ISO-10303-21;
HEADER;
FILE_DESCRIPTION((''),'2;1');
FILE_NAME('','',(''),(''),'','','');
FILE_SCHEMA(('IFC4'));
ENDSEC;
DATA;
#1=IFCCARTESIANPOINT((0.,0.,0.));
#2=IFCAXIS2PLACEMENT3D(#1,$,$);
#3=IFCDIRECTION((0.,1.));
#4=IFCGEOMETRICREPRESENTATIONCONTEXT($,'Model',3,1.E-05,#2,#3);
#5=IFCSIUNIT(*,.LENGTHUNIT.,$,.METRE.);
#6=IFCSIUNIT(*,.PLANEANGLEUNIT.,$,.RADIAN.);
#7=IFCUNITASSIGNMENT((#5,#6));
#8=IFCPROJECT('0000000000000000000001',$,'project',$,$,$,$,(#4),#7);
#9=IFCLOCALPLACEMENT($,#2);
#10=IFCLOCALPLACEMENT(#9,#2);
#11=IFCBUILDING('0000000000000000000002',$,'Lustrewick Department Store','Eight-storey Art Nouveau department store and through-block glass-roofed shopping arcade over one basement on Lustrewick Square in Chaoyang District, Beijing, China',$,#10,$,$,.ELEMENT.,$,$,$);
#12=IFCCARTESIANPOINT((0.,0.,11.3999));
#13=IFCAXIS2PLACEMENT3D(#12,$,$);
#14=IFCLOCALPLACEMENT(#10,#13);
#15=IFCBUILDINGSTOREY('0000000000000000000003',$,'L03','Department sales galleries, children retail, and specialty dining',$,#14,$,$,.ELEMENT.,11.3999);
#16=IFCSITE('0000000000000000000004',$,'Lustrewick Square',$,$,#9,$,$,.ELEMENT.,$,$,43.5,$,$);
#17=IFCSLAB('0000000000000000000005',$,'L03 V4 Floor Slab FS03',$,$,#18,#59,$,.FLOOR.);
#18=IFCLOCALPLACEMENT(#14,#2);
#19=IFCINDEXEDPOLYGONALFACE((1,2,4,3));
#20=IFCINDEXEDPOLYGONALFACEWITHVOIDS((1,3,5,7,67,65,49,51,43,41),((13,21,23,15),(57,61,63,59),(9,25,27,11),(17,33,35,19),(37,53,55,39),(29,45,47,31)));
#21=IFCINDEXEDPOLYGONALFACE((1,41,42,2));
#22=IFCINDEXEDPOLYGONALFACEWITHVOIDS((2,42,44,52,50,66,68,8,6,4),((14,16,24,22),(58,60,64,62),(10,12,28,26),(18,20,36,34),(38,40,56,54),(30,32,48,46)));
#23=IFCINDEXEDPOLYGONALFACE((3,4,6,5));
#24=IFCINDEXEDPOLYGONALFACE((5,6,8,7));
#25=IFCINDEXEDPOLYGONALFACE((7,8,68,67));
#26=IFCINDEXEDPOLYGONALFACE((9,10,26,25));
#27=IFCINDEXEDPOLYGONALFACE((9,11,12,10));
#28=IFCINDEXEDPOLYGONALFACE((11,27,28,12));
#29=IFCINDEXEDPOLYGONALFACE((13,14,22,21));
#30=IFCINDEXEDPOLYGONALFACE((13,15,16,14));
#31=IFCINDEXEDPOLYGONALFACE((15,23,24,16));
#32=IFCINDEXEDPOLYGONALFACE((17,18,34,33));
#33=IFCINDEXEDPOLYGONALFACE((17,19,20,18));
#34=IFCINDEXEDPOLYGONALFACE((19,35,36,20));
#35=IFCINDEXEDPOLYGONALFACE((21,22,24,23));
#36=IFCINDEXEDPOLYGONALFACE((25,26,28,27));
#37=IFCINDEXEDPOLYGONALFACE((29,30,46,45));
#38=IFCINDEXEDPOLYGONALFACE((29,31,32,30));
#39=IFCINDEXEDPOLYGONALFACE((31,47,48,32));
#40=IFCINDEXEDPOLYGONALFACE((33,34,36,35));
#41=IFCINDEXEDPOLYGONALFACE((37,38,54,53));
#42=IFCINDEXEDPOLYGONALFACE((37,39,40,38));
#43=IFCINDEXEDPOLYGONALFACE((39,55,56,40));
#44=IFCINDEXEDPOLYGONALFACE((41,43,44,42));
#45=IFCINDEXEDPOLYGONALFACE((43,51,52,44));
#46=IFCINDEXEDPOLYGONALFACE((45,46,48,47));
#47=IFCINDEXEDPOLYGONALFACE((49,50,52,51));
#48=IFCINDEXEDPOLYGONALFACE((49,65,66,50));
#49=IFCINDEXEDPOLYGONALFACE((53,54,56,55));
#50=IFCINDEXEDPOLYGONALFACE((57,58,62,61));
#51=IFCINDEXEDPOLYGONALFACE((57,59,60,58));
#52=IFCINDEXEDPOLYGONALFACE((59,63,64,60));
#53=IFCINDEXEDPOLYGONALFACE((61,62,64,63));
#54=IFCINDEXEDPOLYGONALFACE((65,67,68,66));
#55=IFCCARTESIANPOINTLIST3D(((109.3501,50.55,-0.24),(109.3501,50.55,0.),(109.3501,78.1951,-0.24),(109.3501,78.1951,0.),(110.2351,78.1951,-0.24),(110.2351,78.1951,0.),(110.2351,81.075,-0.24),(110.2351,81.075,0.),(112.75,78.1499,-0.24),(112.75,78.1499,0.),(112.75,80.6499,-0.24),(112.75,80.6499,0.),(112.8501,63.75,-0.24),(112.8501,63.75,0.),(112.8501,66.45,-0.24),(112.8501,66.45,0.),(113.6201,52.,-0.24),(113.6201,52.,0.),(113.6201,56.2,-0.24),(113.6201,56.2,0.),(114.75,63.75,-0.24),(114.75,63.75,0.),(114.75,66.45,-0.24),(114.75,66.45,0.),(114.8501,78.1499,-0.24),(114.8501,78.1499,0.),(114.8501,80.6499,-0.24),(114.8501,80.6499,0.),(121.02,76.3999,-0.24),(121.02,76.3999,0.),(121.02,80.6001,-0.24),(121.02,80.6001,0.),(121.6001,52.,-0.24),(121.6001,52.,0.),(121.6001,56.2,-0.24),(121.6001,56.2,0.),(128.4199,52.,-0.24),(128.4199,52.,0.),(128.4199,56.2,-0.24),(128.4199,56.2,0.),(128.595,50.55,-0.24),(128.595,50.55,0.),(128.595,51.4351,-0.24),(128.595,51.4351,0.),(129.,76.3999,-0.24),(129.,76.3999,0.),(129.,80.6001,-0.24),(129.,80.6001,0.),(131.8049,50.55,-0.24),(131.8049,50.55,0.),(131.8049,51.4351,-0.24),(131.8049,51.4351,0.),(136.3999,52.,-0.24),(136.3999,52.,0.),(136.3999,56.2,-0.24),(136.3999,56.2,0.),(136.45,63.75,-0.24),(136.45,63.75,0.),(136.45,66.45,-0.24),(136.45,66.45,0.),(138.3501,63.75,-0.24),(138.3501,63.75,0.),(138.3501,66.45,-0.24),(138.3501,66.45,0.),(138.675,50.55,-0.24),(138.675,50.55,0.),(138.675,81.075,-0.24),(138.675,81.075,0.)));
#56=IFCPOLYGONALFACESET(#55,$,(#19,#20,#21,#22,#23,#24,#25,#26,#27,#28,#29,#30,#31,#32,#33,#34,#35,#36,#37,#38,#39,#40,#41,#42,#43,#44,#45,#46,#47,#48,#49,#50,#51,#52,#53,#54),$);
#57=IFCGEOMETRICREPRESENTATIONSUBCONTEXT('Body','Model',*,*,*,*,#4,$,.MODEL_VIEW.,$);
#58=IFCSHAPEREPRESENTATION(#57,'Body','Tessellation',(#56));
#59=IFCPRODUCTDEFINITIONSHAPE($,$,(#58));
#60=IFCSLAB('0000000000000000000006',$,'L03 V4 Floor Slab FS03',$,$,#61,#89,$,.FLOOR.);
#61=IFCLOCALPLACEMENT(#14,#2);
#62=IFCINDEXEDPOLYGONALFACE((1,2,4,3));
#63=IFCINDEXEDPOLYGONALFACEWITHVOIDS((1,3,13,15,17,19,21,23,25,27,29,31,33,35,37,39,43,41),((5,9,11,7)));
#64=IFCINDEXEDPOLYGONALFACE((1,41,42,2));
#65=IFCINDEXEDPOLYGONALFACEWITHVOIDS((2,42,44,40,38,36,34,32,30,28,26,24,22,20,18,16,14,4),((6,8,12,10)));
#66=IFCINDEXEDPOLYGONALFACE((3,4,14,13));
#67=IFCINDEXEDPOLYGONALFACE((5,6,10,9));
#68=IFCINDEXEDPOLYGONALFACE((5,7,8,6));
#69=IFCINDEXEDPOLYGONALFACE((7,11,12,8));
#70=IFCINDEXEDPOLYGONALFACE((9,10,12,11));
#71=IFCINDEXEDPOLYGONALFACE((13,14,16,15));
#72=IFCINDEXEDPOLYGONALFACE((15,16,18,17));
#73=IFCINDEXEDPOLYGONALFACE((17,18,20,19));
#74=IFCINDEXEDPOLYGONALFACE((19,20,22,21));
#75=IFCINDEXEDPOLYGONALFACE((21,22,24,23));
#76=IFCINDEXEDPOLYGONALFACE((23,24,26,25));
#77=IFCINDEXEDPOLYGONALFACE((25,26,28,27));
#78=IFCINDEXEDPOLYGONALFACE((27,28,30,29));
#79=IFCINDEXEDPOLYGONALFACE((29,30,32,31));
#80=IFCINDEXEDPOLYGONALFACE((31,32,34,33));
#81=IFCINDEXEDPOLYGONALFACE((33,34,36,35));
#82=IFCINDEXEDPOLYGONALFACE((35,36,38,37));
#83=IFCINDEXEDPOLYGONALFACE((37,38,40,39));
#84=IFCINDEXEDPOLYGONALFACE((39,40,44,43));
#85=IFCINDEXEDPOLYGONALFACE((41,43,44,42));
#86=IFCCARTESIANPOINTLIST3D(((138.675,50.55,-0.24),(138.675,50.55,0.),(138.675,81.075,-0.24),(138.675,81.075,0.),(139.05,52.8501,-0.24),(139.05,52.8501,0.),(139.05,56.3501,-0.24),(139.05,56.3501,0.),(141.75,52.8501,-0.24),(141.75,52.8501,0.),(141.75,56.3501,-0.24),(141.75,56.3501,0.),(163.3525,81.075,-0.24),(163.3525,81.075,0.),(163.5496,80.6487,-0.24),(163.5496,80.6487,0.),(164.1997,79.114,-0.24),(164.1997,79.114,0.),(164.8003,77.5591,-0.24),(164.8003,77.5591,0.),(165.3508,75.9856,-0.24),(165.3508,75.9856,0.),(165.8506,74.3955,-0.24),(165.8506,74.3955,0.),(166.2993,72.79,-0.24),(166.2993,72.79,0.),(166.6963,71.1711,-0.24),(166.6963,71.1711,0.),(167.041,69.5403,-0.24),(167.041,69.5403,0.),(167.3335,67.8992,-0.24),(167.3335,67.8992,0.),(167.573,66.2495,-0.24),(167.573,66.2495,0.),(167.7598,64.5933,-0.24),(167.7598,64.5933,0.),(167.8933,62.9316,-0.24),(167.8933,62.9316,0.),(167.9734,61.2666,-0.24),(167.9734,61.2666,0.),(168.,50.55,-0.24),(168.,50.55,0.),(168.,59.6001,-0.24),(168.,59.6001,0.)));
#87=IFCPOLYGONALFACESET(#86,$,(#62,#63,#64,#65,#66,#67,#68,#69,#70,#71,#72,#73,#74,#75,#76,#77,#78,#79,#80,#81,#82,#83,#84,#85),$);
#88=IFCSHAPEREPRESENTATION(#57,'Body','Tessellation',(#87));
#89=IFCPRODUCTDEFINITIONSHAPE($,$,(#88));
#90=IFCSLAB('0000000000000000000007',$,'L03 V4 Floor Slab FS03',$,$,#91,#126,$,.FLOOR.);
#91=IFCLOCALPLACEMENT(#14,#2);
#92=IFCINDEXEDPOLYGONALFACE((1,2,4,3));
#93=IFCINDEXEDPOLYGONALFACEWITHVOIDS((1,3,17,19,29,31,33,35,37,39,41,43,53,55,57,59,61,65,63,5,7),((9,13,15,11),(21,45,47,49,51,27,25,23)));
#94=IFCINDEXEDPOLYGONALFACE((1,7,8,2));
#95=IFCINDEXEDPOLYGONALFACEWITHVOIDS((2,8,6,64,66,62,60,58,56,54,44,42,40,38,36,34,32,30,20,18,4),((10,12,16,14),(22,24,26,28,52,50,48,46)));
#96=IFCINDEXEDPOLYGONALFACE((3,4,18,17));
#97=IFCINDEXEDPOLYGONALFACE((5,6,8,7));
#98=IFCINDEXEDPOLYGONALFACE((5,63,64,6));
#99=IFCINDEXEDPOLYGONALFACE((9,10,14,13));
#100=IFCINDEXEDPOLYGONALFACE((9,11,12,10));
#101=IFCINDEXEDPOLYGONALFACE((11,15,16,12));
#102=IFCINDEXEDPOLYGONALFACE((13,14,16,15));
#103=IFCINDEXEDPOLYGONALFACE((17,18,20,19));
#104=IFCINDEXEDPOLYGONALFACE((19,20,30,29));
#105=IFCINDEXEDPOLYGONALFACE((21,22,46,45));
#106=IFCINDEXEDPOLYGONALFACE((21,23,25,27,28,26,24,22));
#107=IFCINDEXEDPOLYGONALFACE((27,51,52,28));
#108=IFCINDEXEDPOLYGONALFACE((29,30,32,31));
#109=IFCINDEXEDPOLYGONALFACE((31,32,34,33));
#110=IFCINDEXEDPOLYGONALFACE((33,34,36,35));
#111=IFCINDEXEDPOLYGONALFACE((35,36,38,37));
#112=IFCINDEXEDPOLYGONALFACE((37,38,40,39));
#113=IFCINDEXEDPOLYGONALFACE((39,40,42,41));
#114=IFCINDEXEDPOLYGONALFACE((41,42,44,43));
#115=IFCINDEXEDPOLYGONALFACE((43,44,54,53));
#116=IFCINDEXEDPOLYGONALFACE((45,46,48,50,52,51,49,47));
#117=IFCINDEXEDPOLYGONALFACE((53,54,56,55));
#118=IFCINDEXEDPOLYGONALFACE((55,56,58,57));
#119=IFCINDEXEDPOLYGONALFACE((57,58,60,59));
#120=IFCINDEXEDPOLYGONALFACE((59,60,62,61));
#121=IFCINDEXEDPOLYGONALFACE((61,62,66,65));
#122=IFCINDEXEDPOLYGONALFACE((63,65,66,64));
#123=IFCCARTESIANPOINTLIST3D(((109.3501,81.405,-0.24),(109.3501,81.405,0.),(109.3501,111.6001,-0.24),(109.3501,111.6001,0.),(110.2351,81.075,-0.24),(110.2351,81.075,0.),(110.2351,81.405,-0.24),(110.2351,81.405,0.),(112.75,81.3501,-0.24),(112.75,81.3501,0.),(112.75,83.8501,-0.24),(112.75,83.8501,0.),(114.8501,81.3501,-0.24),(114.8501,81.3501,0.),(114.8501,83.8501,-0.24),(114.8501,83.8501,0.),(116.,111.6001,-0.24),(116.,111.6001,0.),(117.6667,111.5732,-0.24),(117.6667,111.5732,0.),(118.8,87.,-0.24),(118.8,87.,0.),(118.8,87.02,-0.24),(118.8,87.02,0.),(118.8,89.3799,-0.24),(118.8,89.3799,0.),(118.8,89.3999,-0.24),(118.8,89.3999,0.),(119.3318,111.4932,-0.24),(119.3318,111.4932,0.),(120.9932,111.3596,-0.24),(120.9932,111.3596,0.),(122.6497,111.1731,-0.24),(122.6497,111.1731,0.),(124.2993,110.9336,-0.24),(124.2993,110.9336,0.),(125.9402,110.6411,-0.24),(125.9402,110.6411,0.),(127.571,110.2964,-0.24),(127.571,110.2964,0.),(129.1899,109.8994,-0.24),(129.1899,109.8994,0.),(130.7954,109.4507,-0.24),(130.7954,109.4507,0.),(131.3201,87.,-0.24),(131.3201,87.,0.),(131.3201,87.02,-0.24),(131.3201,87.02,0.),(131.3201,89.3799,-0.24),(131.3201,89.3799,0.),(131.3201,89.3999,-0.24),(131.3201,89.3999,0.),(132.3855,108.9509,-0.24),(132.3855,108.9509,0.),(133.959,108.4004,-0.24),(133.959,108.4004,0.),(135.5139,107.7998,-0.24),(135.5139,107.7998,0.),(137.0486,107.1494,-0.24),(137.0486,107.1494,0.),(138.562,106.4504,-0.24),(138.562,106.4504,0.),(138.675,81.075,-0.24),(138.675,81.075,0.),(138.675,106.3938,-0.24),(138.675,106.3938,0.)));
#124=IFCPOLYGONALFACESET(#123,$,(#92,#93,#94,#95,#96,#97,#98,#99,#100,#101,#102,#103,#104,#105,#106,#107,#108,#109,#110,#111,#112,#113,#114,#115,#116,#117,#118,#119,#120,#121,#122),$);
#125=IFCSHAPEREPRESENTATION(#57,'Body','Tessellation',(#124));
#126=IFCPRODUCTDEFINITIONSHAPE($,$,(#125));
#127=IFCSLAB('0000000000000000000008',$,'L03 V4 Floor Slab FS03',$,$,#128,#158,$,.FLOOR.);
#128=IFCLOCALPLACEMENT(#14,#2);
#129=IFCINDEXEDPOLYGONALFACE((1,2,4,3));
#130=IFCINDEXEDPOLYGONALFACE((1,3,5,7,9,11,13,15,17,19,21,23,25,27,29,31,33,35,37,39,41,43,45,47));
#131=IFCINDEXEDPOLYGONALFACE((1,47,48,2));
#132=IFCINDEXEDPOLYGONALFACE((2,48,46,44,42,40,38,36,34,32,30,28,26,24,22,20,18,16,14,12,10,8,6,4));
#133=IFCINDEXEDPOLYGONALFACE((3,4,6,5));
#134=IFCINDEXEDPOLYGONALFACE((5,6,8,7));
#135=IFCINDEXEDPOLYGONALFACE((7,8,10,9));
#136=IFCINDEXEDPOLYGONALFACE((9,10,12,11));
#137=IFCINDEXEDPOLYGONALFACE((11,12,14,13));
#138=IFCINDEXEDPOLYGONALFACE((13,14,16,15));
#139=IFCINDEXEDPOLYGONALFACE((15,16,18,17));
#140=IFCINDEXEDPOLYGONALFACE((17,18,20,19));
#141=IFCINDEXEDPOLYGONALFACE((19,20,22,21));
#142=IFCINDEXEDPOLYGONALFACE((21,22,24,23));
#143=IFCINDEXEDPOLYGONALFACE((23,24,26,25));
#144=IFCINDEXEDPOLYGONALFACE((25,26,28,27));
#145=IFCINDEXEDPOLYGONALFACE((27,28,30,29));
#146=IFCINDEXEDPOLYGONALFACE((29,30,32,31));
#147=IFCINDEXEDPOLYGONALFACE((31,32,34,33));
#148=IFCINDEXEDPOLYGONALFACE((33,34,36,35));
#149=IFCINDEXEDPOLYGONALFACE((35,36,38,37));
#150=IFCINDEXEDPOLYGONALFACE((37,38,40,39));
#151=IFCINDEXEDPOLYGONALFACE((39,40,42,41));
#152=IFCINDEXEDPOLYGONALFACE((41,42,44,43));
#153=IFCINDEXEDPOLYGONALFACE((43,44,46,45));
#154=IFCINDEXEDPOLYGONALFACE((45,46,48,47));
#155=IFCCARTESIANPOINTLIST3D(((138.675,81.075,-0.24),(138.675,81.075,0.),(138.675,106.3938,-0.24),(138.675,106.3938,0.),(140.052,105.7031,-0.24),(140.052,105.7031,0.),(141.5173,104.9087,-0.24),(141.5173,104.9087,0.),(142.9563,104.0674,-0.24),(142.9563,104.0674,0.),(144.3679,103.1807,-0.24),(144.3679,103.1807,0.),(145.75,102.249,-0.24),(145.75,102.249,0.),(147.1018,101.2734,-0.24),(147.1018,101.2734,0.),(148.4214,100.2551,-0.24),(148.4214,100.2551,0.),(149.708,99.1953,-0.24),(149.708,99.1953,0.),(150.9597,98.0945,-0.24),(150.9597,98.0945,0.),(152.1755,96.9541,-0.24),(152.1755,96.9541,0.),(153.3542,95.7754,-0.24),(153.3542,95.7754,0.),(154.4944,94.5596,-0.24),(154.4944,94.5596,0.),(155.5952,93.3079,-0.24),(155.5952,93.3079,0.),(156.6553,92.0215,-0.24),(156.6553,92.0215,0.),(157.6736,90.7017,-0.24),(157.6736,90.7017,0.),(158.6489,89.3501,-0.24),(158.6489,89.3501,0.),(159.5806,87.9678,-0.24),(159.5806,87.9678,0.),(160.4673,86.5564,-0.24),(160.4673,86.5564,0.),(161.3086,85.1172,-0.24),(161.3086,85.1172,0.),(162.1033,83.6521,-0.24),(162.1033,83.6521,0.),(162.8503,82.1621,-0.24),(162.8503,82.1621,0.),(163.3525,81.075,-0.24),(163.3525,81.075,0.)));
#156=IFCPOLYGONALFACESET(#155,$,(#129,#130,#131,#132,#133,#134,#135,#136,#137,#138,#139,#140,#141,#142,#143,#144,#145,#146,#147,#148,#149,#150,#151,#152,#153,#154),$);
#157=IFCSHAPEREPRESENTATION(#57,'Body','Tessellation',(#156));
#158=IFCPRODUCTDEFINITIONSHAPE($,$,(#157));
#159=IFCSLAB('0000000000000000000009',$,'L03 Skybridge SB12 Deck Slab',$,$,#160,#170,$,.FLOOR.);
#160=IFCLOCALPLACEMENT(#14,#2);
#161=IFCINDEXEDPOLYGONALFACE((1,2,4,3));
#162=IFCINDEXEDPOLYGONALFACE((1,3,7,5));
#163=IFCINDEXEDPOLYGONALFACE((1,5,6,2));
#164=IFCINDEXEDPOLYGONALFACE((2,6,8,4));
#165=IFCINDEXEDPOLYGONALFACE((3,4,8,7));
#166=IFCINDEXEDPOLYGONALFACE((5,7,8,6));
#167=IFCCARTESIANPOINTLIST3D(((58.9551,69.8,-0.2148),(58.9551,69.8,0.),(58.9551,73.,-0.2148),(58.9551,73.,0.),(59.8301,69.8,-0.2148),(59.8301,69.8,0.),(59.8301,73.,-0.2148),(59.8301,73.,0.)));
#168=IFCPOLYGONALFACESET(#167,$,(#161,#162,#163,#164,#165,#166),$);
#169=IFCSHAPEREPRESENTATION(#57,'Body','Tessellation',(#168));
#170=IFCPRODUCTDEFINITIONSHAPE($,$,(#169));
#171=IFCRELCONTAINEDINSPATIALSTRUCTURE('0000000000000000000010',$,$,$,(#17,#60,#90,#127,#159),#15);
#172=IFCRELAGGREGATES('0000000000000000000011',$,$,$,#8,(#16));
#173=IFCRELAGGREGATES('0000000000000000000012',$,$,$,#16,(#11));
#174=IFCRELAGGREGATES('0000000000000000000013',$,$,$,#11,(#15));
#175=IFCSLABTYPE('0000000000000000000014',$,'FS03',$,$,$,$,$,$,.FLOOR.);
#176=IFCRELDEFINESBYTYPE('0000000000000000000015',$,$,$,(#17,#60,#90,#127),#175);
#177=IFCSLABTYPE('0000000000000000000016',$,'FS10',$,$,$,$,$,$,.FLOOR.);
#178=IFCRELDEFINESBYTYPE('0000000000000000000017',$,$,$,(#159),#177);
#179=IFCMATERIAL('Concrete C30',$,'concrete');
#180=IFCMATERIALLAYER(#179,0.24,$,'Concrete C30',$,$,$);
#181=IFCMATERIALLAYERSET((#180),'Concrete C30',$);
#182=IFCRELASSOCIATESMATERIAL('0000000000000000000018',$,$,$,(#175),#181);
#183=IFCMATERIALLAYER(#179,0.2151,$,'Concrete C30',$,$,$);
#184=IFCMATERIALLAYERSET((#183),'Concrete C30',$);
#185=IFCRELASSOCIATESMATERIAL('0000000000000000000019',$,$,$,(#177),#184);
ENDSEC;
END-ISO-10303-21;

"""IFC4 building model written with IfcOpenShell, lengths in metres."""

from ifc_helpers import new_model, si_unit, direction, frame, origin, place, context, subcontext, project, spatial, polyline, outline, extrude, material, layer, layer_set, type_object, element, save


model = new_model("IFC4")

# Units and contexts
model_context = context("Model", 3, precision=1e-05, world=origin(), true_north=direction((0.0, 1.0)))
body_context = subcontext(model_context, "Body", "Model", "MODEL_VIEW")
ifc_project = project(units=[si_unit("LENGTHUNIT", "METRE"), si_unit("PLANEANGLEUNIT", "RADIAN")], contexts=[model_context])

# Site, building, storey
site_placement = place(None, origin())
site = spatial("IfcSite", under=ifc_project, at=site_placement, Name="Lustrewick Square", CompositionType="ELEMENT", RefElevation=43.5)
building_placement = place(site_placement, origin())
building = spatial("IfcBuilding", under=site, at=building_placement, Name="Lustrewick Department Store", Description="Eight-storey Art Nouveau department store and through-block glass-roofed shopping arcade over one basement on Lustrewick Square in Chaoyang District, Beijing, China", CompositionType="ELEMENT")
storey_placement = place(building_placement, frame((0.0, 0.0, 11.3999)))
storey = spatial("IfcBuildingStorey", under=building, at=storey_placement, Name="L03", Description="Department sales galleries, children retail, and specialty dining", CompositionType="ELEMENT", Elevation=11.3999)

# Slabs
ifc_material_1 = material(Name="Concrete C30", Category="concrete")
ifc_layer_1 = layer(ifc_material_1, 0.24, Name="Concrete C30")
ifc_layer_set_1 = layer_set([ifc_layer_1], Name="Concrete C30")
slab_type_1 = type_object("IfcSlabType", Name="FS03", PredefinedType="FLOOR", material=ifc_layer_set_1)
slab_1_placement = place(storey_placement, frame((0.0, 0.0, -0.24)))
element("IfcSlab", 1, at=slab_1_placement, inside=storey, type_object=slab_type_1, Name="L03 V4 Floor Slab FS03", PredefinedType="FLOOR", context=body_context, shape_type="SweptSolid", body=[
    extrude(outline(polyline([(109.3501, 50.55), (128.595, 50.55), (128.595, 51.4351), (131.8049, 51.4351), (131.8049, 50.55), (138.675, 50.55), (138.675, 81.075), (110.2351, 81.075), (110.2351, 78.1951), (109.3501, 78.1951), (109.3501, 50.55)]), holes=[polyline([(136.45, 63.75), (136.45, 66.45), (138.3501, 66.45), (138.3501, 63.75), (136.45, 63.75)]), polyline([(128.4199, 52.0), (128.4199, 56.2), (136.3999, 56.2), (136.3999, 52.0), (128.4199, 52.0)]), polyline([(121.02, 76.3999), (121.02, 80.6001), (129.0, 80.6001), (129.0, 76.3999), (121.02, 76.3999)]), polyline([(113.6201, 52.0), (113.6201, 56.2), (121.6001, 56.2), (121.6001, 52.0), (113.6201, 52.0)]), polyline([(112.75, 78.1499), (112.75, 80.6499), (114.8501, 80.6499), (114.8501, 78.1499), (112.75, 78.1499)]), polyline([(112.8501, 63.75), (112.8501, 66.45), (114.75, 66.45), (114.75, 63.75), (112.8501, 63.75)])]), origin(), (0.0, 0.0, 1.0), 0.24),
])
slab_2_placement = place(storey_placement, frame((0.0, 0.0, -0.24)))
element("IfcSlab", 2, at=slab_2_placement, inside=storey, type_object=slab_type_1, Name="L03 V4 Floor Slab FS03", PredefinedType="FLOOR", context=body_context, shape_type="SweptSolid", body=[
    extrude(outline(polyline([(163.5496, 80.6487), (163.3525, 81.075), (138.675, 81.075), (138.675, 50.55), (168.0, 50.55), (168.0, 59.6001), (167.9734, 61.2666), (167.8933, 62.9316), (167.7598, 64.5933), (167.573, 66.2495), (167.3335, 67.8992), (167.041, 69.5403), (166.6963, 71.1711), (166.2993, 72.79), (165.8506, 74.3955), (165.3508, 75.9856), (164.8003, 77.5591), (164.1997, 79.114), (163.5496, 80.6487)]), holes=[polyline([(139.05, 52.8501), (139.05, 56.3501), (141.75, 56.3501), (141.75, 52.8501), (139.05, 52.8501)])]), origin(), (0.0, 0.0, 1.0), 0.24),
])
slab_3_placement = place(storey_placement, frame((0.0, 0.0, -0.24)))
element("IfcSlab", 3, at=slab_3_placement, inside=storey, type_object=slab_type_1, Name="L03 V4 Floor Slab FS03", PredefinedType="FLOOR", context=body_context, shape_type="SweptSolid", body=[
    extrude(outline(polyline([(110.2351, 81.405), (110.2351, 81.075), (138.675, 81.075), (138.675, 106.3938), (138.562, 106.4504), (137.0486, 107.1494), (135.5139, 107.7998), (133.959, 108.4004), (132.3855, 108.9509), (130.7954, 109.4507), (129.1899, 109.8994), (127.571, 110.2964), (125.9402, 110.6411), (124.2993, 110.9336), (122.6497, 111.1731), (120.9932, 111.3596), (119.3318, 111.4932), (117.6667, 111.5732), (116.0, 111.6001), (109.3501, 111.6001), (109.3501, 81.405), (110.2351, 81.405)]), holes=[polyline([(118.8, 87.0), (131.3201, 87.0), (131.3201, 87.02), (131.3201, 89.3799), (131.3201, 89.3999), (118.8, 89.3999), (118.8, 89.3799), (118.8, 87.02), (118.8, 87.0)]), polyline([(114.8501, 81.3501), (114.8501, 83.8501), (112.75, 83.8501), (112.75, 81.3501), (114.8501, 81.3501)])]), origin(), (0.0, 0.0, 1.0), 0.24),
])
slab_4_placement = place(storey_placement, frame((0.0, 0.0, -0.24)))
element("IfcSlab", 4, at=slab_4_placement, inside=storey, type_object=slab_type_1, Name="L03 V4 Floor Slab FS03", PredefinedType="FLOOR", context=body_context, shape_type="SweptSolid", body=[
    extrude(outline(polyline([(140.052, 105.7031), (138.675, 106.3938), (138.675, 81.075), (163.3525, 81.075), (162.8503, 82.1621), (162.1033, 83.6521), (161.3086, 85.1172), (160.4673, 86.5564), (159.5806, 87.9678), (158.6489, 89.3501), (157.6736, 90.7017), (156.6553, 92.0215), (155.5952, 93.3079), (154.4944, 94.5596), (153.3542, 95.7754), (152.1755, 96.9541), (150.9597, 98.0945), (149.708, 99.1953), (148.4214, 100.2551), (147.1018, 101.2734), (145.75, 102.249), (144.3679, 103.1807), (142.9563, 104.0674), (141.5173, 104.9087), (140.052, 105.7031)])), origin(), (0.0, 0.0, 1.0), 0.24),
])
ifc_layer_2 = layer(ifc_material_1, 0.2151, Name="Concrete C30")
ifc_layer_set_2 = layer_set([ifc_layer_2], Name="Concrete C30")
slab_type_2 = type_object("IfcSlabType", Name="FS10", PredefinedType="FLOOR", material=ifc_layer_set_2)
slab_5_placement = place(storey_placement, frame((0.0, 0.0, -0.2148)))
element("IfcSlab", 5, at=slab_5_placement, inside=storey, type_object=slab_type_2, Name="L03 Skybridge SB12 Deck Slab", PredefinedType="FLOOR", context=body_context, shape_type="SweptSolid", body=[
    extrude(outline(polyline([(59.8301, 69.8), (59.8301, 73.0), (58.9551, 73.0), (58.9551, 69.8), (59.8301, 69.8)])), origin(), (0.0, 0.0, 1.0), 0.2148),
])

save(model, "model.ifc")
